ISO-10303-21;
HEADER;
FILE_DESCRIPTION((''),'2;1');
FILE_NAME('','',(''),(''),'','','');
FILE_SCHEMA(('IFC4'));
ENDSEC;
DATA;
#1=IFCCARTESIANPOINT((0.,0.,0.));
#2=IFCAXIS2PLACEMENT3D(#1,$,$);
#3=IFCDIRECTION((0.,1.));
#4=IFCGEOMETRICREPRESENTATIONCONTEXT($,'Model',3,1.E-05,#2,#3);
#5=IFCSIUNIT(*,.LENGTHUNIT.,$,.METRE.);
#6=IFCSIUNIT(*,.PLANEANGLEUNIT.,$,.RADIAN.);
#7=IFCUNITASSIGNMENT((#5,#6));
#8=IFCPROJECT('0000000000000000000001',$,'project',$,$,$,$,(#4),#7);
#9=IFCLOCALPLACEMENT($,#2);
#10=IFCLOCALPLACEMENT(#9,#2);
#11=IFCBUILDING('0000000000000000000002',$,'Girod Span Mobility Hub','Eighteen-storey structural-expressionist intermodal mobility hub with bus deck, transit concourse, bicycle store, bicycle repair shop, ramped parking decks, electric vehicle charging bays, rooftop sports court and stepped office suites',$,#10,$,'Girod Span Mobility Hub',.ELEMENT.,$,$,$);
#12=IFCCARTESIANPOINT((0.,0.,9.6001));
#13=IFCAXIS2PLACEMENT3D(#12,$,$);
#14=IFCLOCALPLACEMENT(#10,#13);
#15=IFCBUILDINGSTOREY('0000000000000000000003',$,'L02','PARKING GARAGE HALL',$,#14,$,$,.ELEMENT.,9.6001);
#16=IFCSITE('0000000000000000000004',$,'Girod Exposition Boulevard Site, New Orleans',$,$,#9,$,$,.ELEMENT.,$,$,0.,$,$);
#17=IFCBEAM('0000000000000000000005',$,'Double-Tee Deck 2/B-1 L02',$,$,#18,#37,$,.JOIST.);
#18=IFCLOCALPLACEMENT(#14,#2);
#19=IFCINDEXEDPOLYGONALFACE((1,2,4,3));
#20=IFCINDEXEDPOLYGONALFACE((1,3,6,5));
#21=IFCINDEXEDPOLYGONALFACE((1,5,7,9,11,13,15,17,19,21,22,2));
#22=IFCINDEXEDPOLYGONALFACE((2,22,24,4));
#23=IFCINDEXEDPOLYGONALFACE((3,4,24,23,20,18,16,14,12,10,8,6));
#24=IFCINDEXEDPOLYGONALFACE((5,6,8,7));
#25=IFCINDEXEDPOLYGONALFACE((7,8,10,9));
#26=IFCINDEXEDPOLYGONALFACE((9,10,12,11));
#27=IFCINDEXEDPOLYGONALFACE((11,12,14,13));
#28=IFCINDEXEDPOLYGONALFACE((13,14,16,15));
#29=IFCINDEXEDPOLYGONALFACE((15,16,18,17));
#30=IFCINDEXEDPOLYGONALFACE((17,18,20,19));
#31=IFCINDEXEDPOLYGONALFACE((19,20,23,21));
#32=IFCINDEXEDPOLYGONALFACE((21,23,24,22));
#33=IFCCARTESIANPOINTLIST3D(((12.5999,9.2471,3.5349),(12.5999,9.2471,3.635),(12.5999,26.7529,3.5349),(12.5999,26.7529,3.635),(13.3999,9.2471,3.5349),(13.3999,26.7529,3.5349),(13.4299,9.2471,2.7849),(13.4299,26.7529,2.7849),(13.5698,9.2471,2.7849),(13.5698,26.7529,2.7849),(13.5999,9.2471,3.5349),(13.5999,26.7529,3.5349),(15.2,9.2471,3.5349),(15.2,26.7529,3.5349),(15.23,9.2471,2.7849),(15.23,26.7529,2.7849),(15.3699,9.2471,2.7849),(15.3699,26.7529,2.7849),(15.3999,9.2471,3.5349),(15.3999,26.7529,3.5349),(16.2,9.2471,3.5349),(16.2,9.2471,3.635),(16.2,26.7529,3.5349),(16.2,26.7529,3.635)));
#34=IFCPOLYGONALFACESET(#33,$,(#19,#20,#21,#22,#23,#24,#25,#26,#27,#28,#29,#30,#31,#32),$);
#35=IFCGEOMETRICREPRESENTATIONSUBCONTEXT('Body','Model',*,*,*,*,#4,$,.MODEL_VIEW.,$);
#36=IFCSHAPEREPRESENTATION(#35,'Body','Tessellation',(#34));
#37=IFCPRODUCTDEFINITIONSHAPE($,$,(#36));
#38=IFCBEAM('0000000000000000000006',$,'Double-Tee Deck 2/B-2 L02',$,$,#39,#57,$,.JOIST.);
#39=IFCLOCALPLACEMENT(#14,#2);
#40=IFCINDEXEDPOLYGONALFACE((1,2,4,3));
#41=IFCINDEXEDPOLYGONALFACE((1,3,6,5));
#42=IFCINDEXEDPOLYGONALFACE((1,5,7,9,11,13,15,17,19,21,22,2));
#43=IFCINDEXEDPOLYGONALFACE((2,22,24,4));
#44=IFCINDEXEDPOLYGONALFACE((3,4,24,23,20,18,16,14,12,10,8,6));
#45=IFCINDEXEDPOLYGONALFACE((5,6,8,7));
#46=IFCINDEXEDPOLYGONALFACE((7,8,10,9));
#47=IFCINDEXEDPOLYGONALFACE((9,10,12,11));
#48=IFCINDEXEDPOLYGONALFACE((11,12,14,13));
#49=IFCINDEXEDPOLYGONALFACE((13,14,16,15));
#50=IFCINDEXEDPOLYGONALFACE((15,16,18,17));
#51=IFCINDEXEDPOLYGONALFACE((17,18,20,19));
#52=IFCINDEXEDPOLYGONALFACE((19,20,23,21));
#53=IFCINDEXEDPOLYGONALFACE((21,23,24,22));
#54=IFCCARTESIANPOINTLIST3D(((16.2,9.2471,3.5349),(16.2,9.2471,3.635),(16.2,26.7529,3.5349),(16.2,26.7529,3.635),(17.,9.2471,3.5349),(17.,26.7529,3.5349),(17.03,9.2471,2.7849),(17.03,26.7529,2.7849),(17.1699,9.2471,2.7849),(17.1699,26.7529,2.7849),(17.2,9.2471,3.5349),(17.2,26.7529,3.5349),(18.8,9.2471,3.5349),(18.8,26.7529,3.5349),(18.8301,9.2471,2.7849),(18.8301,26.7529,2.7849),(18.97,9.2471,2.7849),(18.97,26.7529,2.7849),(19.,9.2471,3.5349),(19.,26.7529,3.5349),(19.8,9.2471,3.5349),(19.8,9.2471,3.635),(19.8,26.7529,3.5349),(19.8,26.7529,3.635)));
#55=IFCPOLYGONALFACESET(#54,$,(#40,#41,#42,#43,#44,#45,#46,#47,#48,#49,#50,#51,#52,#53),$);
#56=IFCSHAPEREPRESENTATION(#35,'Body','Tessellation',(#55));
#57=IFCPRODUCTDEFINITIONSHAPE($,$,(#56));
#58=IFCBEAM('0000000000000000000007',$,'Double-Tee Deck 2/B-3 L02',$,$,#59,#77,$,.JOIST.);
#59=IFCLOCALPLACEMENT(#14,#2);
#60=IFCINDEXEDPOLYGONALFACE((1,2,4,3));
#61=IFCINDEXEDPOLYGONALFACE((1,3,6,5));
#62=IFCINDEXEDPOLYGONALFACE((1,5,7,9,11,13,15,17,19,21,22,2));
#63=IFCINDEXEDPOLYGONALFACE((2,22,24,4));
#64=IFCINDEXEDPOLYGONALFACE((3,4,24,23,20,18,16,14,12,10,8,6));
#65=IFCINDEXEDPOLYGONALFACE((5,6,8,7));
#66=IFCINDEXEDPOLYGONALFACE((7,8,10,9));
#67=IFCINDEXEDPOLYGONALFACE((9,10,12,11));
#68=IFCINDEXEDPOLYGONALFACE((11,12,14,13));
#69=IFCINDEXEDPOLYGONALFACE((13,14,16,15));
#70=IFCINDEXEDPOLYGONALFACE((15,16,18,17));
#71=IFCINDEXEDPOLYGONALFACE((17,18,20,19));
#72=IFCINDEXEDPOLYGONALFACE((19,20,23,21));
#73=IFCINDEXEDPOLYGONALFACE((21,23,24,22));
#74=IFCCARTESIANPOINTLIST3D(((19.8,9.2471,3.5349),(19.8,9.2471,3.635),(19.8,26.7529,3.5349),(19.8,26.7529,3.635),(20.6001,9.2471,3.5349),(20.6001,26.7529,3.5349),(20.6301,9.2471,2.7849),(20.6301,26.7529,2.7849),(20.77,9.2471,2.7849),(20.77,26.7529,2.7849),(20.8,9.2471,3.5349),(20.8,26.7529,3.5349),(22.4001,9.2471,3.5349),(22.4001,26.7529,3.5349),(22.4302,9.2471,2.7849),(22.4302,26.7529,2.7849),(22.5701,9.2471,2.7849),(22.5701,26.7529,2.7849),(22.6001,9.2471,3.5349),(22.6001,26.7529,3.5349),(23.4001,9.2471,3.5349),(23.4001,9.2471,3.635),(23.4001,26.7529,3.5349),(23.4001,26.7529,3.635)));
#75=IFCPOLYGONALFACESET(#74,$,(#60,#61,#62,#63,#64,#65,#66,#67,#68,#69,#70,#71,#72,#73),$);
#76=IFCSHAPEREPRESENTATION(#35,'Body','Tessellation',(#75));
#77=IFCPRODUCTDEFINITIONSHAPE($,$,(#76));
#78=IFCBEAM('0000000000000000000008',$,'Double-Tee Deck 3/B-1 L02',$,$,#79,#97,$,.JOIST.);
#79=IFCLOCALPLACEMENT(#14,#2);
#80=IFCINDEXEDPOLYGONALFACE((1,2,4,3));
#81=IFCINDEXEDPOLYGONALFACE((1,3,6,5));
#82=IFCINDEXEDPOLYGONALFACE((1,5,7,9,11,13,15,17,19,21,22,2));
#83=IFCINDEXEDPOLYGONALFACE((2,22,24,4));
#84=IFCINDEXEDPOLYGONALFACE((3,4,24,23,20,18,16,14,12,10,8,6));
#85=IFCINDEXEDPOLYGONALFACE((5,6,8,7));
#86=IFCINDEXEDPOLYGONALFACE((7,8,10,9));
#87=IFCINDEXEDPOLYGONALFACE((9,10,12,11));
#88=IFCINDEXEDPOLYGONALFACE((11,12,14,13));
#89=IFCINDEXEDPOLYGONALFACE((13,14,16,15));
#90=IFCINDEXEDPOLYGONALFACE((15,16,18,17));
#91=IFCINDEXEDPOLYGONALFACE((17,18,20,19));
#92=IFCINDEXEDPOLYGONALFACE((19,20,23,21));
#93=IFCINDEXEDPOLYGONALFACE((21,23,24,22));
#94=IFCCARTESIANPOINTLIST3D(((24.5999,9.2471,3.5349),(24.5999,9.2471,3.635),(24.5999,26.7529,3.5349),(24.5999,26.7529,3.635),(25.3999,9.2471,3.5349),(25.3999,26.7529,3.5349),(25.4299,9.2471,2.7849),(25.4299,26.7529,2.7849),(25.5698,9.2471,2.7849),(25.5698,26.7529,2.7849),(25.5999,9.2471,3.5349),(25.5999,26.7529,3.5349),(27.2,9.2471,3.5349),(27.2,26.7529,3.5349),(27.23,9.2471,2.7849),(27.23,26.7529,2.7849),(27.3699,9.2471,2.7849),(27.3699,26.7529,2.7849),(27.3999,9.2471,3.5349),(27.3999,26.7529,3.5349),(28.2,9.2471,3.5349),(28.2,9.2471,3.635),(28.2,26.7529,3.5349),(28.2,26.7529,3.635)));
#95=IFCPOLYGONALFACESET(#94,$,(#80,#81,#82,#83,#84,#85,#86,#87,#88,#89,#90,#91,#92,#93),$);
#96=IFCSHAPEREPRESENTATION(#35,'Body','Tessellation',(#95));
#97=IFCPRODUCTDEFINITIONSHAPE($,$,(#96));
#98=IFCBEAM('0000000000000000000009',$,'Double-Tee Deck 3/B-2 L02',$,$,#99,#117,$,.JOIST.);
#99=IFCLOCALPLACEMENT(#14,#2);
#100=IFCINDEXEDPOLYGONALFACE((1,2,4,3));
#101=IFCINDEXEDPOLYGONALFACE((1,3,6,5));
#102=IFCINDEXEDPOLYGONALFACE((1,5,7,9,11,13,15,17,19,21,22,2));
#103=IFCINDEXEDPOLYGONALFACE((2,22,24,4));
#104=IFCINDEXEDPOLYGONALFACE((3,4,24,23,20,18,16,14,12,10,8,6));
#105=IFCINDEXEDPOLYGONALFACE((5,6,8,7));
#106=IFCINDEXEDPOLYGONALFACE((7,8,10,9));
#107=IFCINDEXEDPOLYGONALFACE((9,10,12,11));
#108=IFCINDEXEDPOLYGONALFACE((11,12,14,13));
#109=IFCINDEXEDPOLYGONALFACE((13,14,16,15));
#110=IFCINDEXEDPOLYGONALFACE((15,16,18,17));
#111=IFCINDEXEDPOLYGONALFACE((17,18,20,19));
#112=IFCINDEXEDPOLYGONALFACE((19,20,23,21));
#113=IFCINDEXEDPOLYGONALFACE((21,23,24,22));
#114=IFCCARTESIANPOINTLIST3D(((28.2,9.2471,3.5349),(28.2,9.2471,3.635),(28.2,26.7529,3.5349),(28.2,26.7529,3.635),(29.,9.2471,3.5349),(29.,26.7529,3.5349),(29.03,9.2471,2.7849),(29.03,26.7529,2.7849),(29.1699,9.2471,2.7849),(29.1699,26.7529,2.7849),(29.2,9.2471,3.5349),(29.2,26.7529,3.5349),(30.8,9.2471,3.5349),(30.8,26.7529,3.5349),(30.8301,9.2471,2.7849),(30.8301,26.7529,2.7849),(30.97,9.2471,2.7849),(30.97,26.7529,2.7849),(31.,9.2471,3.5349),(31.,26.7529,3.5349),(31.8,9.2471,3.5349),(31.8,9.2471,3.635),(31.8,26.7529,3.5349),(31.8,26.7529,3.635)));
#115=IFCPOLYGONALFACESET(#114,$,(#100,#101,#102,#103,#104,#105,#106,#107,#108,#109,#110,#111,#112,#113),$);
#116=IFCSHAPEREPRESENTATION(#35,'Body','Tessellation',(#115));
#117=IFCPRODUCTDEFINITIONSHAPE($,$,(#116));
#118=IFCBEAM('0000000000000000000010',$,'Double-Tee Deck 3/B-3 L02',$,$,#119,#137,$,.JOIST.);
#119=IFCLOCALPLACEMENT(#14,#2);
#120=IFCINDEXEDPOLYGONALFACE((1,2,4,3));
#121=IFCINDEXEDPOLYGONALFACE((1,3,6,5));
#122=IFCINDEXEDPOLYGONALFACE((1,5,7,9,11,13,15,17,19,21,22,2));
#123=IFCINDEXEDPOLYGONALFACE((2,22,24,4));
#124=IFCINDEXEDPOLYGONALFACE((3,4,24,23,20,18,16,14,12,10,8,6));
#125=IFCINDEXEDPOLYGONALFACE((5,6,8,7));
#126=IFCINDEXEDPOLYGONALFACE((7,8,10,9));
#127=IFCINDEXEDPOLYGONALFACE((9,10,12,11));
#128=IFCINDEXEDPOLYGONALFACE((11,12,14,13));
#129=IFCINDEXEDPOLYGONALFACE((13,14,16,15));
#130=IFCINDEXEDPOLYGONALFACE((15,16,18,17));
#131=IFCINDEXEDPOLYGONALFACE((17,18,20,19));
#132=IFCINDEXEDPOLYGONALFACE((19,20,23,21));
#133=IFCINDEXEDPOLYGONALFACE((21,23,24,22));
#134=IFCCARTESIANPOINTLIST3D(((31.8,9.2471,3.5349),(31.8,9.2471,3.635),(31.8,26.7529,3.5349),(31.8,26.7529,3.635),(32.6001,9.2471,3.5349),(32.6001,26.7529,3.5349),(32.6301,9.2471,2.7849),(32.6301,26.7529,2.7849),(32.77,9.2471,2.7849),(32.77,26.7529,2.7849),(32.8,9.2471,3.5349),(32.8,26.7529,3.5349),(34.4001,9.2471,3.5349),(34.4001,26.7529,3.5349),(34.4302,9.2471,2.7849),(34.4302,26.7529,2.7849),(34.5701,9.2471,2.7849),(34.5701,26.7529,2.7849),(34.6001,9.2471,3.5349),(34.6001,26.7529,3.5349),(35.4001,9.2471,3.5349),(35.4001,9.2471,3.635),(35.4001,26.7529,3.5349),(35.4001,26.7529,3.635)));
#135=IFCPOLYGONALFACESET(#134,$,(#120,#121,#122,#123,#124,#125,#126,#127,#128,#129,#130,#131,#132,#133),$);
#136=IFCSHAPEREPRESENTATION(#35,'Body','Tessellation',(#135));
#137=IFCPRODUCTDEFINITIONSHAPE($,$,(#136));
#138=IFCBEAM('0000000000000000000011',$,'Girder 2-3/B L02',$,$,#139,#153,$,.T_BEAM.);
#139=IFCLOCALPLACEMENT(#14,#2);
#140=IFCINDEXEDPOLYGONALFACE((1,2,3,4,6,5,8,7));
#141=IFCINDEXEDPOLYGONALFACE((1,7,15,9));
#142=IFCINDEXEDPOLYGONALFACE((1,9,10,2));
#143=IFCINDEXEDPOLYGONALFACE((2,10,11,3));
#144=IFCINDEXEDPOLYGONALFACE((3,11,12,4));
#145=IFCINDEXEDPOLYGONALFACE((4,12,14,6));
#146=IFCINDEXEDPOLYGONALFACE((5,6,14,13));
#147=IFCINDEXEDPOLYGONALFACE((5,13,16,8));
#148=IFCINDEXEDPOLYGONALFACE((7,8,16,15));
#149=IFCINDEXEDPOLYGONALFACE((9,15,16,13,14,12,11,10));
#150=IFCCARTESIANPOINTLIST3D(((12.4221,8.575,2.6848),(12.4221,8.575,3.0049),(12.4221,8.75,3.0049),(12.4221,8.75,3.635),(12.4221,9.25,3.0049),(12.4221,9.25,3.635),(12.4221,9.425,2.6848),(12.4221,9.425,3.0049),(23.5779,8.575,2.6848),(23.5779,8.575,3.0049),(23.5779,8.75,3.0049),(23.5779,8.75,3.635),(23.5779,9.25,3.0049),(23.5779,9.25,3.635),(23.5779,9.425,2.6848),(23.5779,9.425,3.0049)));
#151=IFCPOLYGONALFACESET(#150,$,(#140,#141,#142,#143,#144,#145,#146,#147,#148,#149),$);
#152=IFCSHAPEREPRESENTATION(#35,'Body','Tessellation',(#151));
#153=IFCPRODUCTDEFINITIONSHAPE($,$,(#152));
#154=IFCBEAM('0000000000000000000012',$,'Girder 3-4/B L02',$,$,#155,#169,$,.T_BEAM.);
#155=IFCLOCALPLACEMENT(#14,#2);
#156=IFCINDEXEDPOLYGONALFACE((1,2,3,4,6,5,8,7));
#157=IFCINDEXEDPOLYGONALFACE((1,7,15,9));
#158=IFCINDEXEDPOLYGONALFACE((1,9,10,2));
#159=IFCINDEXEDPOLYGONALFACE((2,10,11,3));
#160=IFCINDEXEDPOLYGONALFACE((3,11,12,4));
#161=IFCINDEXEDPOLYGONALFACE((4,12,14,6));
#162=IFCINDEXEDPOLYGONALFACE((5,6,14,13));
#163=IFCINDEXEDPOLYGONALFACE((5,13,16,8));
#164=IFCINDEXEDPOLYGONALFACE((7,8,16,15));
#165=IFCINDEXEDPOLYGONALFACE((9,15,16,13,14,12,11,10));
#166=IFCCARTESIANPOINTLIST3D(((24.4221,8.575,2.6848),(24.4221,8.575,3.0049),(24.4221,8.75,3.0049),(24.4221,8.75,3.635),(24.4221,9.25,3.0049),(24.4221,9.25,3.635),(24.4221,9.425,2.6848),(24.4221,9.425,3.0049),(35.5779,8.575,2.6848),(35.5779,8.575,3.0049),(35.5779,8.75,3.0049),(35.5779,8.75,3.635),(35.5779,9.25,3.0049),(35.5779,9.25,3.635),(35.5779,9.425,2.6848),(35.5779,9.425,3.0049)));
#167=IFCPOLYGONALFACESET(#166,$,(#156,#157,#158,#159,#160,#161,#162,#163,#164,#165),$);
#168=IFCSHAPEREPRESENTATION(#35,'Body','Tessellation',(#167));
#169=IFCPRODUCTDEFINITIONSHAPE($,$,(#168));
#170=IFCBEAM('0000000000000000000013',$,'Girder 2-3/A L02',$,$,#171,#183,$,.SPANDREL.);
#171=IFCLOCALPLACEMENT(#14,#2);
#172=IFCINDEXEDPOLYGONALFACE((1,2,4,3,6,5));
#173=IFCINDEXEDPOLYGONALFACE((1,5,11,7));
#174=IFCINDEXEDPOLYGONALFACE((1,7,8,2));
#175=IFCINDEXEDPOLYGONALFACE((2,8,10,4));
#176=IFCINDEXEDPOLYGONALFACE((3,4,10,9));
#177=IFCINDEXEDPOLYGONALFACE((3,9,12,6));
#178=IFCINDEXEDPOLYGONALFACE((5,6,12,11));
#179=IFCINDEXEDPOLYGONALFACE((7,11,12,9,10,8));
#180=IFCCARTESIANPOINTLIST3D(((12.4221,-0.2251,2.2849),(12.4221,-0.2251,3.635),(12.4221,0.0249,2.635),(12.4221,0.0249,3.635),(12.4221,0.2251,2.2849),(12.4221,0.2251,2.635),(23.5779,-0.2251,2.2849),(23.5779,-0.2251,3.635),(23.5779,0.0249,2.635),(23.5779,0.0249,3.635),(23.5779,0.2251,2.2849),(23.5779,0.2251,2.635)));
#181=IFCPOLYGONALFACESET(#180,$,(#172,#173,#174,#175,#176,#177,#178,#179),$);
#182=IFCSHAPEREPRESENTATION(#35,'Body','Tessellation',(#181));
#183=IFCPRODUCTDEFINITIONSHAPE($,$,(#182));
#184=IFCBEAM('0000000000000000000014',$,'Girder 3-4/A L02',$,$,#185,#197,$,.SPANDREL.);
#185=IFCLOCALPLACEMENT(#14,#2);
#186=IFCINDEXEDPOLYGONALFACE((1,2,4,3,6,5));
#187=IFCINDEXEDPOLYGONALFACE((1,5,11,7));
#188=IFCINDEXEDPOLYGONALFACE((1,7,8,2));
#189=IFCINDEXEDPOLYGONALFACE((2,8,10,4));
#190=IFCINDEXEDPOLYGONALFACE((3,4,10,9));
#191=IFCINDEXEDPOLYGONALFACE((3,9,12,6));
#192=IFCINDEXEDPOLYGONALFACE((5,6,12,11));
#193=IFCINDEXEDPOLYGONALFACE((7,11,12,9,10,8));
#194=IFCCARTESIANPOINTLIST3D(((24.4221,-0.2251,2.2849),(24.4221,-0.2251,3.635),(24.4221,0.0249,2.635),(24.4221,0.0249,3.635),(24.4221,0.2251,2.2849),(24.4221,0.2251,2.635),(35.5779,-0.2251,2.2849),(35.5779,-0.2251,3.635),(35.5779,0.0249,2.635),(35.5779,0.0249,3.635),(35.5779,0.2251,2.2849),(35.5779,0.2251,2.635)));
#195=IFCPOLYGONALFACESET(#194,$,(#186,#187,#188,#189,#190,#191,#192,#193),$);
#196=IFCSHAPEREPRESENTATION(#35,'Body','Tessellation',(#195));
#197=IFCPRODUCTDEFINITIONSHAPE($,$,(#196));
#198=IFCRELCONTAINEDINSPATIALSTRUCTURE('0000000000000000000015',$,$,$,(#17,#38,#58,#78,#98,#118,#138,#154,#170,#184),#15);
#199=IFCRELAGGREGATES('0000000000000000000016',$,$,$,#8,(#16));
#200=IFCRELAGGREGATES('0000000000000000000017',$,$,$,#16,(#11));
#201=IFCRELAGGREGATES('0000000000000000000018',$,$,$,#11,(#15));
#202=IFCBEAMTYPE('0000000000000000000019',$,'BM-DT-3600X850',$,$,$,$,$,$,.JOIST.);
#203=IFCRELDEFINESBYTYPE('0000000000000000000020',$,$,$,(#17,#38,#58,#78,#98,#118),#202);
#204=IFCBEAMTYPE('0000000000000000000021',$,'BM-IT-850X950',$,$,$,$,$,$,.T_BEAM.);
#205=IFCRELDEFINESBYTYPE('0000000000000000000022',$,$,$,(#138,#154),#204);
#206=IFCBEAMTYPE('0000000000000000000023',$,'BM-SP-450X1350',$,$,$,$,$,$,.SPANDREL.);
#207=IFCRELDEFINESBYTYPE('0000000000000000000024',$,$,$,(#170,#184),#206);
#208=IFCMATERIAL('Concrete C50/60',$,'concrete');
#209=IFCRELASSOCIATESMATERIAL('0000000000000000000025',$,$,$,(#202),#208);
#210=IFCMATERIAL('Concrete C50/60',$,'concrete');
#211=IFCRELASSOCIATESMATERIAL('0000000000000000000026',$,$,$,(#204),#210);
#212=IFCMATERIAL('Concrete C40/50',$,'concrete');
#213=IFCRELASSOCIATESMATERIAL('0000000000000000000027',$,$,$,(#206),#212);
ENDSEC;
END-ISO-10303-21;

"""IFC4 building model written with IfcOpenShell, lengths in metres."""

from ifc_helpers import new_model, si_unit, direction, frame, origin, place, context, subcontext, project, spatial, polyline, outline, extrude, material, material_profile, profile_set, type_object, element, save


model = new_model("IFC4")

# Units and contexts
model_context = context("Model", 3, precision=1e-05, world=origin(), true_north=direction((0.0, 1.0)))
body_context = subcontext(model_context, "Body", "Model", "MODEL_VIEW")
ifc_project = project(units=[si_unit("LENGTHUNIT", "METRE"), si_unit("PLANEANGLEUNIT", "RADIAN")], contexts=[model_context])

# Site, building, storey
site_placement = place(None, origin())
site = spatial("IfcSite", under=ifc_project, at=site_placement, Name="Girod Exposition Boulevard Site, New Orleans", CompositionType="ELEMENT", RefElevation=0.0)
building_placement = place(site_placement, origin())
building = spatial("IfcBuilding", under=site, at=building_placement, Name="Girod Span Mobility Hub", Description="Eighteen-storey structural-expressionist intermodal mobility hub with bus deck, transit concourse, bicycle store, bicycle repair shop, ramped parking decks, electric vehicle charging bays, rooftop sports court and stepped office suites", LongName="Girod Span Mobility Hub", CompositionType="ELEMENT")
storey_placement = place(building_placement, frame((0.0, 0.0, 9.6001)))
storey = spatial("IfcBuildingStorey", under=building, at=storey_placement, Name="L02", Description="PARKING GARAGE HALL", CompositionType="ELEMENT", Elevation=9.6001)

# Beams
ifc_material_1 = material(Name="Concrete C50/60", Category="concrete")
ifc_material_profile_1 = material_profile(ifc_material_1, outline(polyline([(-1.8, 0.425), (-1.8, 0.325), (-1.0, 0.325), (-0.97, -0.425), (-0.8301, -0.425), (-0.8, 0.325), (0.8, 0.325), (0.8301, -0.425), (0.97, -0.425), (1.0, 0.325), (1.8, 0.325), (1.8, 0.425), (-1.8, 0.425)])), Name="DT-3600X850")
ifc_profile_set_1 = profile_set([ifc_material_profile_1], Name="Concrete C50/60")
beam_type_1 = type_object("IfcBeamType", Name="BM-DT-3600X850", PredefinedType="JOIST", material=ifc_profile_set_1)
for number, where, z_axis, x_axis, name in (
    (1, (14.3999, 9.2471, 3.21), (0.0, 1.0, 0.0), (-1.0, 0.0, 0.0), "Double-Tee Deck 2/B-1 L02"),
    (2, (18.0, 9.2471, 3.21), (0.0, 1.0, 0.0), (-1.0, 0.0, 0.0), "Double-Tee Deck 2/B-2 L02"),
    (3, (21.6001, 9.2471, 3.21), (0.0, 1.0, 0.0), (-1.0, 0.0, 0.0), "Double-Tee Deck 2/B-3 L02"),
    (4, (26.3999, 9.2471, 3.21), (0.0, 1.0, 0.0), (-1.0, 0.0, 0.0), "Double-Tee Deck 3/B-1 L02"),
    (5, (30.0, 9.2471, 3.21), (0.0, 1.0, 0.0), (-1.0, 0.0, 0.0), "Double-Tee Deck 3/B-2 L02"),
    (6, (33.6001, 9.2471, 3.21), (0.0, 1.0, 0.0), (-1.0, 0.0, 0.0), "Double-Tee Deck 3/B-3 L02"),
):
    element("IfcBeam", number, at=place(storey_placement, frame(where, z_axis=z_axis, x_axis=x_axis)), inside=storey, type_object=beam_type_1, Name=name, PredefinedType="JOIST", context=body_context, shape_type="SweptSolid", body=[
        extrude(outline(polyline([(-1.8, 0.425), (-1.8, 0.325), (-1.0, 0.325), (-0.97, -0.425), (-0.8301, -0.425), (-0.8, 0.325), (0.8, 0.325), (0.8301, -0.425), (0.97, -0.425), (1.0, 0.325), (1.8, 0.325), (1.8, 0.425), (-1.8, 0.425)])), origin(), (0.0, 0.0, 1.0), 17.5059),
    ])
ifc_material_2 = material(Name="Concrete C50/60", Category="concrete")
ifc_material_profile_2 = material_profile(ifc_material_2, outline(polyline([(-0.425, -0.4751), (0.425, -0.4751), (0.425, -0.155), (0.25, -0.155), (0.25, 0.4751), (-0.25, 0.4751), (-0.25, -0.155), (-0.425, -0.155), (-0.425, -0.4751)])), Name="IT-850X950")
ifc_profile_set_2 = profile_set([ifc_material_profile_2], Name="Concrete C50/60")
beam_type_2 = type_object("IfcBeamType", Name="BM-IT-850X950", PredefinedType="T_BEAM", material=ifc_profile_set_2)
for number, where, z_axis, x_axis, name in (
    (7, (12.4221, 9.0, 3.1599), (1.0, 0.0, 0.0), (0.0, 1.0, 0.0), "Girder 2-3/B L02"),
    (8, (24.4221, 9.0, 3.1599), (1.0, 0.0, 0.0), (0.0, 1.0, 0.0), "Girder 3-4/B L02"),
):
    element("IfcBeam", number, at=place(storey_placement, frame(where, z_axis=z_axis, x_axis=x_axis)), inside=storey, type_object=beam_type_2, Name=name, PredefinedType="T_BEAM", context=body_context, shape_type="SweptSolid", body=[
        extrude(outline(polyline([(-0.425, -0.4751), (0.425, -0.4751), (0.425, -0.155), (0.25, -0.155), (0.25, 0.4751), (-0.25, 0.4751), (-0.25, -0.155), (-0.425, -0.155), (-0.425, -0.4751)])), origin(), (0.0, 0.0, 1.0), 11.1558),
    ])
ifc_material_3 = material(Name="Concrete C40/50", Category="concrete")
ifc_material_profile_3 = material_profile(ifc_material_3, outline(polyline([(-0.2251, -0.675), (0.2251, -0.675), (0.2251, -0.325), (0.0249, -0.325), (0.0249, 0.675), (-0.2251, 0.675), (-0.2251, -0.675)])), Name="SP-450X1350")
ifc_profile_set_3 = profile_set([ifc_material_profile_3], Name="Concrete C40/50")
beam_type_3 = type_object("IfcBeamType", Name="BM-SP-450X1350", PredefinedType="SPANDREL", material=ifc_profile_set_3)
for number, where, z_axis, x_axis, name in (
    (9, (12.4221, 0.0, 2.96), (1.0, 0.0, 0.0), (0.0, 1.0, 0.0), "Girder 2-3/A L02"),
    (10, (24.4221, 0.0, 2.96), (1.0, 0.0, 0.0), (0.0, 1.0, 0.0), "Girder 3-4/A L02"),
):
    element("IfcBeam", number, at=place(storey_placement, frame(where, z_axis=z_axis, x_axis=x_axis)), inside=storey, type_object=beam_type_3, Name=name, PredefinedType="SPANDREL", context=body_context, shape_type="SweptSolid", body=[
        extrude(outline(polyline([(-0.2251, -0.675), (0.2251, -0.675), (0.2251, -0.325), (0.0249, -0.325), (0.0249, 0.675), (-0.2251, 0.675), (-0.2251, -0.675)])), origin(), (0.0, 0.0, 1.0), 11.1558),
    ])

save(model, "model.ifc")
